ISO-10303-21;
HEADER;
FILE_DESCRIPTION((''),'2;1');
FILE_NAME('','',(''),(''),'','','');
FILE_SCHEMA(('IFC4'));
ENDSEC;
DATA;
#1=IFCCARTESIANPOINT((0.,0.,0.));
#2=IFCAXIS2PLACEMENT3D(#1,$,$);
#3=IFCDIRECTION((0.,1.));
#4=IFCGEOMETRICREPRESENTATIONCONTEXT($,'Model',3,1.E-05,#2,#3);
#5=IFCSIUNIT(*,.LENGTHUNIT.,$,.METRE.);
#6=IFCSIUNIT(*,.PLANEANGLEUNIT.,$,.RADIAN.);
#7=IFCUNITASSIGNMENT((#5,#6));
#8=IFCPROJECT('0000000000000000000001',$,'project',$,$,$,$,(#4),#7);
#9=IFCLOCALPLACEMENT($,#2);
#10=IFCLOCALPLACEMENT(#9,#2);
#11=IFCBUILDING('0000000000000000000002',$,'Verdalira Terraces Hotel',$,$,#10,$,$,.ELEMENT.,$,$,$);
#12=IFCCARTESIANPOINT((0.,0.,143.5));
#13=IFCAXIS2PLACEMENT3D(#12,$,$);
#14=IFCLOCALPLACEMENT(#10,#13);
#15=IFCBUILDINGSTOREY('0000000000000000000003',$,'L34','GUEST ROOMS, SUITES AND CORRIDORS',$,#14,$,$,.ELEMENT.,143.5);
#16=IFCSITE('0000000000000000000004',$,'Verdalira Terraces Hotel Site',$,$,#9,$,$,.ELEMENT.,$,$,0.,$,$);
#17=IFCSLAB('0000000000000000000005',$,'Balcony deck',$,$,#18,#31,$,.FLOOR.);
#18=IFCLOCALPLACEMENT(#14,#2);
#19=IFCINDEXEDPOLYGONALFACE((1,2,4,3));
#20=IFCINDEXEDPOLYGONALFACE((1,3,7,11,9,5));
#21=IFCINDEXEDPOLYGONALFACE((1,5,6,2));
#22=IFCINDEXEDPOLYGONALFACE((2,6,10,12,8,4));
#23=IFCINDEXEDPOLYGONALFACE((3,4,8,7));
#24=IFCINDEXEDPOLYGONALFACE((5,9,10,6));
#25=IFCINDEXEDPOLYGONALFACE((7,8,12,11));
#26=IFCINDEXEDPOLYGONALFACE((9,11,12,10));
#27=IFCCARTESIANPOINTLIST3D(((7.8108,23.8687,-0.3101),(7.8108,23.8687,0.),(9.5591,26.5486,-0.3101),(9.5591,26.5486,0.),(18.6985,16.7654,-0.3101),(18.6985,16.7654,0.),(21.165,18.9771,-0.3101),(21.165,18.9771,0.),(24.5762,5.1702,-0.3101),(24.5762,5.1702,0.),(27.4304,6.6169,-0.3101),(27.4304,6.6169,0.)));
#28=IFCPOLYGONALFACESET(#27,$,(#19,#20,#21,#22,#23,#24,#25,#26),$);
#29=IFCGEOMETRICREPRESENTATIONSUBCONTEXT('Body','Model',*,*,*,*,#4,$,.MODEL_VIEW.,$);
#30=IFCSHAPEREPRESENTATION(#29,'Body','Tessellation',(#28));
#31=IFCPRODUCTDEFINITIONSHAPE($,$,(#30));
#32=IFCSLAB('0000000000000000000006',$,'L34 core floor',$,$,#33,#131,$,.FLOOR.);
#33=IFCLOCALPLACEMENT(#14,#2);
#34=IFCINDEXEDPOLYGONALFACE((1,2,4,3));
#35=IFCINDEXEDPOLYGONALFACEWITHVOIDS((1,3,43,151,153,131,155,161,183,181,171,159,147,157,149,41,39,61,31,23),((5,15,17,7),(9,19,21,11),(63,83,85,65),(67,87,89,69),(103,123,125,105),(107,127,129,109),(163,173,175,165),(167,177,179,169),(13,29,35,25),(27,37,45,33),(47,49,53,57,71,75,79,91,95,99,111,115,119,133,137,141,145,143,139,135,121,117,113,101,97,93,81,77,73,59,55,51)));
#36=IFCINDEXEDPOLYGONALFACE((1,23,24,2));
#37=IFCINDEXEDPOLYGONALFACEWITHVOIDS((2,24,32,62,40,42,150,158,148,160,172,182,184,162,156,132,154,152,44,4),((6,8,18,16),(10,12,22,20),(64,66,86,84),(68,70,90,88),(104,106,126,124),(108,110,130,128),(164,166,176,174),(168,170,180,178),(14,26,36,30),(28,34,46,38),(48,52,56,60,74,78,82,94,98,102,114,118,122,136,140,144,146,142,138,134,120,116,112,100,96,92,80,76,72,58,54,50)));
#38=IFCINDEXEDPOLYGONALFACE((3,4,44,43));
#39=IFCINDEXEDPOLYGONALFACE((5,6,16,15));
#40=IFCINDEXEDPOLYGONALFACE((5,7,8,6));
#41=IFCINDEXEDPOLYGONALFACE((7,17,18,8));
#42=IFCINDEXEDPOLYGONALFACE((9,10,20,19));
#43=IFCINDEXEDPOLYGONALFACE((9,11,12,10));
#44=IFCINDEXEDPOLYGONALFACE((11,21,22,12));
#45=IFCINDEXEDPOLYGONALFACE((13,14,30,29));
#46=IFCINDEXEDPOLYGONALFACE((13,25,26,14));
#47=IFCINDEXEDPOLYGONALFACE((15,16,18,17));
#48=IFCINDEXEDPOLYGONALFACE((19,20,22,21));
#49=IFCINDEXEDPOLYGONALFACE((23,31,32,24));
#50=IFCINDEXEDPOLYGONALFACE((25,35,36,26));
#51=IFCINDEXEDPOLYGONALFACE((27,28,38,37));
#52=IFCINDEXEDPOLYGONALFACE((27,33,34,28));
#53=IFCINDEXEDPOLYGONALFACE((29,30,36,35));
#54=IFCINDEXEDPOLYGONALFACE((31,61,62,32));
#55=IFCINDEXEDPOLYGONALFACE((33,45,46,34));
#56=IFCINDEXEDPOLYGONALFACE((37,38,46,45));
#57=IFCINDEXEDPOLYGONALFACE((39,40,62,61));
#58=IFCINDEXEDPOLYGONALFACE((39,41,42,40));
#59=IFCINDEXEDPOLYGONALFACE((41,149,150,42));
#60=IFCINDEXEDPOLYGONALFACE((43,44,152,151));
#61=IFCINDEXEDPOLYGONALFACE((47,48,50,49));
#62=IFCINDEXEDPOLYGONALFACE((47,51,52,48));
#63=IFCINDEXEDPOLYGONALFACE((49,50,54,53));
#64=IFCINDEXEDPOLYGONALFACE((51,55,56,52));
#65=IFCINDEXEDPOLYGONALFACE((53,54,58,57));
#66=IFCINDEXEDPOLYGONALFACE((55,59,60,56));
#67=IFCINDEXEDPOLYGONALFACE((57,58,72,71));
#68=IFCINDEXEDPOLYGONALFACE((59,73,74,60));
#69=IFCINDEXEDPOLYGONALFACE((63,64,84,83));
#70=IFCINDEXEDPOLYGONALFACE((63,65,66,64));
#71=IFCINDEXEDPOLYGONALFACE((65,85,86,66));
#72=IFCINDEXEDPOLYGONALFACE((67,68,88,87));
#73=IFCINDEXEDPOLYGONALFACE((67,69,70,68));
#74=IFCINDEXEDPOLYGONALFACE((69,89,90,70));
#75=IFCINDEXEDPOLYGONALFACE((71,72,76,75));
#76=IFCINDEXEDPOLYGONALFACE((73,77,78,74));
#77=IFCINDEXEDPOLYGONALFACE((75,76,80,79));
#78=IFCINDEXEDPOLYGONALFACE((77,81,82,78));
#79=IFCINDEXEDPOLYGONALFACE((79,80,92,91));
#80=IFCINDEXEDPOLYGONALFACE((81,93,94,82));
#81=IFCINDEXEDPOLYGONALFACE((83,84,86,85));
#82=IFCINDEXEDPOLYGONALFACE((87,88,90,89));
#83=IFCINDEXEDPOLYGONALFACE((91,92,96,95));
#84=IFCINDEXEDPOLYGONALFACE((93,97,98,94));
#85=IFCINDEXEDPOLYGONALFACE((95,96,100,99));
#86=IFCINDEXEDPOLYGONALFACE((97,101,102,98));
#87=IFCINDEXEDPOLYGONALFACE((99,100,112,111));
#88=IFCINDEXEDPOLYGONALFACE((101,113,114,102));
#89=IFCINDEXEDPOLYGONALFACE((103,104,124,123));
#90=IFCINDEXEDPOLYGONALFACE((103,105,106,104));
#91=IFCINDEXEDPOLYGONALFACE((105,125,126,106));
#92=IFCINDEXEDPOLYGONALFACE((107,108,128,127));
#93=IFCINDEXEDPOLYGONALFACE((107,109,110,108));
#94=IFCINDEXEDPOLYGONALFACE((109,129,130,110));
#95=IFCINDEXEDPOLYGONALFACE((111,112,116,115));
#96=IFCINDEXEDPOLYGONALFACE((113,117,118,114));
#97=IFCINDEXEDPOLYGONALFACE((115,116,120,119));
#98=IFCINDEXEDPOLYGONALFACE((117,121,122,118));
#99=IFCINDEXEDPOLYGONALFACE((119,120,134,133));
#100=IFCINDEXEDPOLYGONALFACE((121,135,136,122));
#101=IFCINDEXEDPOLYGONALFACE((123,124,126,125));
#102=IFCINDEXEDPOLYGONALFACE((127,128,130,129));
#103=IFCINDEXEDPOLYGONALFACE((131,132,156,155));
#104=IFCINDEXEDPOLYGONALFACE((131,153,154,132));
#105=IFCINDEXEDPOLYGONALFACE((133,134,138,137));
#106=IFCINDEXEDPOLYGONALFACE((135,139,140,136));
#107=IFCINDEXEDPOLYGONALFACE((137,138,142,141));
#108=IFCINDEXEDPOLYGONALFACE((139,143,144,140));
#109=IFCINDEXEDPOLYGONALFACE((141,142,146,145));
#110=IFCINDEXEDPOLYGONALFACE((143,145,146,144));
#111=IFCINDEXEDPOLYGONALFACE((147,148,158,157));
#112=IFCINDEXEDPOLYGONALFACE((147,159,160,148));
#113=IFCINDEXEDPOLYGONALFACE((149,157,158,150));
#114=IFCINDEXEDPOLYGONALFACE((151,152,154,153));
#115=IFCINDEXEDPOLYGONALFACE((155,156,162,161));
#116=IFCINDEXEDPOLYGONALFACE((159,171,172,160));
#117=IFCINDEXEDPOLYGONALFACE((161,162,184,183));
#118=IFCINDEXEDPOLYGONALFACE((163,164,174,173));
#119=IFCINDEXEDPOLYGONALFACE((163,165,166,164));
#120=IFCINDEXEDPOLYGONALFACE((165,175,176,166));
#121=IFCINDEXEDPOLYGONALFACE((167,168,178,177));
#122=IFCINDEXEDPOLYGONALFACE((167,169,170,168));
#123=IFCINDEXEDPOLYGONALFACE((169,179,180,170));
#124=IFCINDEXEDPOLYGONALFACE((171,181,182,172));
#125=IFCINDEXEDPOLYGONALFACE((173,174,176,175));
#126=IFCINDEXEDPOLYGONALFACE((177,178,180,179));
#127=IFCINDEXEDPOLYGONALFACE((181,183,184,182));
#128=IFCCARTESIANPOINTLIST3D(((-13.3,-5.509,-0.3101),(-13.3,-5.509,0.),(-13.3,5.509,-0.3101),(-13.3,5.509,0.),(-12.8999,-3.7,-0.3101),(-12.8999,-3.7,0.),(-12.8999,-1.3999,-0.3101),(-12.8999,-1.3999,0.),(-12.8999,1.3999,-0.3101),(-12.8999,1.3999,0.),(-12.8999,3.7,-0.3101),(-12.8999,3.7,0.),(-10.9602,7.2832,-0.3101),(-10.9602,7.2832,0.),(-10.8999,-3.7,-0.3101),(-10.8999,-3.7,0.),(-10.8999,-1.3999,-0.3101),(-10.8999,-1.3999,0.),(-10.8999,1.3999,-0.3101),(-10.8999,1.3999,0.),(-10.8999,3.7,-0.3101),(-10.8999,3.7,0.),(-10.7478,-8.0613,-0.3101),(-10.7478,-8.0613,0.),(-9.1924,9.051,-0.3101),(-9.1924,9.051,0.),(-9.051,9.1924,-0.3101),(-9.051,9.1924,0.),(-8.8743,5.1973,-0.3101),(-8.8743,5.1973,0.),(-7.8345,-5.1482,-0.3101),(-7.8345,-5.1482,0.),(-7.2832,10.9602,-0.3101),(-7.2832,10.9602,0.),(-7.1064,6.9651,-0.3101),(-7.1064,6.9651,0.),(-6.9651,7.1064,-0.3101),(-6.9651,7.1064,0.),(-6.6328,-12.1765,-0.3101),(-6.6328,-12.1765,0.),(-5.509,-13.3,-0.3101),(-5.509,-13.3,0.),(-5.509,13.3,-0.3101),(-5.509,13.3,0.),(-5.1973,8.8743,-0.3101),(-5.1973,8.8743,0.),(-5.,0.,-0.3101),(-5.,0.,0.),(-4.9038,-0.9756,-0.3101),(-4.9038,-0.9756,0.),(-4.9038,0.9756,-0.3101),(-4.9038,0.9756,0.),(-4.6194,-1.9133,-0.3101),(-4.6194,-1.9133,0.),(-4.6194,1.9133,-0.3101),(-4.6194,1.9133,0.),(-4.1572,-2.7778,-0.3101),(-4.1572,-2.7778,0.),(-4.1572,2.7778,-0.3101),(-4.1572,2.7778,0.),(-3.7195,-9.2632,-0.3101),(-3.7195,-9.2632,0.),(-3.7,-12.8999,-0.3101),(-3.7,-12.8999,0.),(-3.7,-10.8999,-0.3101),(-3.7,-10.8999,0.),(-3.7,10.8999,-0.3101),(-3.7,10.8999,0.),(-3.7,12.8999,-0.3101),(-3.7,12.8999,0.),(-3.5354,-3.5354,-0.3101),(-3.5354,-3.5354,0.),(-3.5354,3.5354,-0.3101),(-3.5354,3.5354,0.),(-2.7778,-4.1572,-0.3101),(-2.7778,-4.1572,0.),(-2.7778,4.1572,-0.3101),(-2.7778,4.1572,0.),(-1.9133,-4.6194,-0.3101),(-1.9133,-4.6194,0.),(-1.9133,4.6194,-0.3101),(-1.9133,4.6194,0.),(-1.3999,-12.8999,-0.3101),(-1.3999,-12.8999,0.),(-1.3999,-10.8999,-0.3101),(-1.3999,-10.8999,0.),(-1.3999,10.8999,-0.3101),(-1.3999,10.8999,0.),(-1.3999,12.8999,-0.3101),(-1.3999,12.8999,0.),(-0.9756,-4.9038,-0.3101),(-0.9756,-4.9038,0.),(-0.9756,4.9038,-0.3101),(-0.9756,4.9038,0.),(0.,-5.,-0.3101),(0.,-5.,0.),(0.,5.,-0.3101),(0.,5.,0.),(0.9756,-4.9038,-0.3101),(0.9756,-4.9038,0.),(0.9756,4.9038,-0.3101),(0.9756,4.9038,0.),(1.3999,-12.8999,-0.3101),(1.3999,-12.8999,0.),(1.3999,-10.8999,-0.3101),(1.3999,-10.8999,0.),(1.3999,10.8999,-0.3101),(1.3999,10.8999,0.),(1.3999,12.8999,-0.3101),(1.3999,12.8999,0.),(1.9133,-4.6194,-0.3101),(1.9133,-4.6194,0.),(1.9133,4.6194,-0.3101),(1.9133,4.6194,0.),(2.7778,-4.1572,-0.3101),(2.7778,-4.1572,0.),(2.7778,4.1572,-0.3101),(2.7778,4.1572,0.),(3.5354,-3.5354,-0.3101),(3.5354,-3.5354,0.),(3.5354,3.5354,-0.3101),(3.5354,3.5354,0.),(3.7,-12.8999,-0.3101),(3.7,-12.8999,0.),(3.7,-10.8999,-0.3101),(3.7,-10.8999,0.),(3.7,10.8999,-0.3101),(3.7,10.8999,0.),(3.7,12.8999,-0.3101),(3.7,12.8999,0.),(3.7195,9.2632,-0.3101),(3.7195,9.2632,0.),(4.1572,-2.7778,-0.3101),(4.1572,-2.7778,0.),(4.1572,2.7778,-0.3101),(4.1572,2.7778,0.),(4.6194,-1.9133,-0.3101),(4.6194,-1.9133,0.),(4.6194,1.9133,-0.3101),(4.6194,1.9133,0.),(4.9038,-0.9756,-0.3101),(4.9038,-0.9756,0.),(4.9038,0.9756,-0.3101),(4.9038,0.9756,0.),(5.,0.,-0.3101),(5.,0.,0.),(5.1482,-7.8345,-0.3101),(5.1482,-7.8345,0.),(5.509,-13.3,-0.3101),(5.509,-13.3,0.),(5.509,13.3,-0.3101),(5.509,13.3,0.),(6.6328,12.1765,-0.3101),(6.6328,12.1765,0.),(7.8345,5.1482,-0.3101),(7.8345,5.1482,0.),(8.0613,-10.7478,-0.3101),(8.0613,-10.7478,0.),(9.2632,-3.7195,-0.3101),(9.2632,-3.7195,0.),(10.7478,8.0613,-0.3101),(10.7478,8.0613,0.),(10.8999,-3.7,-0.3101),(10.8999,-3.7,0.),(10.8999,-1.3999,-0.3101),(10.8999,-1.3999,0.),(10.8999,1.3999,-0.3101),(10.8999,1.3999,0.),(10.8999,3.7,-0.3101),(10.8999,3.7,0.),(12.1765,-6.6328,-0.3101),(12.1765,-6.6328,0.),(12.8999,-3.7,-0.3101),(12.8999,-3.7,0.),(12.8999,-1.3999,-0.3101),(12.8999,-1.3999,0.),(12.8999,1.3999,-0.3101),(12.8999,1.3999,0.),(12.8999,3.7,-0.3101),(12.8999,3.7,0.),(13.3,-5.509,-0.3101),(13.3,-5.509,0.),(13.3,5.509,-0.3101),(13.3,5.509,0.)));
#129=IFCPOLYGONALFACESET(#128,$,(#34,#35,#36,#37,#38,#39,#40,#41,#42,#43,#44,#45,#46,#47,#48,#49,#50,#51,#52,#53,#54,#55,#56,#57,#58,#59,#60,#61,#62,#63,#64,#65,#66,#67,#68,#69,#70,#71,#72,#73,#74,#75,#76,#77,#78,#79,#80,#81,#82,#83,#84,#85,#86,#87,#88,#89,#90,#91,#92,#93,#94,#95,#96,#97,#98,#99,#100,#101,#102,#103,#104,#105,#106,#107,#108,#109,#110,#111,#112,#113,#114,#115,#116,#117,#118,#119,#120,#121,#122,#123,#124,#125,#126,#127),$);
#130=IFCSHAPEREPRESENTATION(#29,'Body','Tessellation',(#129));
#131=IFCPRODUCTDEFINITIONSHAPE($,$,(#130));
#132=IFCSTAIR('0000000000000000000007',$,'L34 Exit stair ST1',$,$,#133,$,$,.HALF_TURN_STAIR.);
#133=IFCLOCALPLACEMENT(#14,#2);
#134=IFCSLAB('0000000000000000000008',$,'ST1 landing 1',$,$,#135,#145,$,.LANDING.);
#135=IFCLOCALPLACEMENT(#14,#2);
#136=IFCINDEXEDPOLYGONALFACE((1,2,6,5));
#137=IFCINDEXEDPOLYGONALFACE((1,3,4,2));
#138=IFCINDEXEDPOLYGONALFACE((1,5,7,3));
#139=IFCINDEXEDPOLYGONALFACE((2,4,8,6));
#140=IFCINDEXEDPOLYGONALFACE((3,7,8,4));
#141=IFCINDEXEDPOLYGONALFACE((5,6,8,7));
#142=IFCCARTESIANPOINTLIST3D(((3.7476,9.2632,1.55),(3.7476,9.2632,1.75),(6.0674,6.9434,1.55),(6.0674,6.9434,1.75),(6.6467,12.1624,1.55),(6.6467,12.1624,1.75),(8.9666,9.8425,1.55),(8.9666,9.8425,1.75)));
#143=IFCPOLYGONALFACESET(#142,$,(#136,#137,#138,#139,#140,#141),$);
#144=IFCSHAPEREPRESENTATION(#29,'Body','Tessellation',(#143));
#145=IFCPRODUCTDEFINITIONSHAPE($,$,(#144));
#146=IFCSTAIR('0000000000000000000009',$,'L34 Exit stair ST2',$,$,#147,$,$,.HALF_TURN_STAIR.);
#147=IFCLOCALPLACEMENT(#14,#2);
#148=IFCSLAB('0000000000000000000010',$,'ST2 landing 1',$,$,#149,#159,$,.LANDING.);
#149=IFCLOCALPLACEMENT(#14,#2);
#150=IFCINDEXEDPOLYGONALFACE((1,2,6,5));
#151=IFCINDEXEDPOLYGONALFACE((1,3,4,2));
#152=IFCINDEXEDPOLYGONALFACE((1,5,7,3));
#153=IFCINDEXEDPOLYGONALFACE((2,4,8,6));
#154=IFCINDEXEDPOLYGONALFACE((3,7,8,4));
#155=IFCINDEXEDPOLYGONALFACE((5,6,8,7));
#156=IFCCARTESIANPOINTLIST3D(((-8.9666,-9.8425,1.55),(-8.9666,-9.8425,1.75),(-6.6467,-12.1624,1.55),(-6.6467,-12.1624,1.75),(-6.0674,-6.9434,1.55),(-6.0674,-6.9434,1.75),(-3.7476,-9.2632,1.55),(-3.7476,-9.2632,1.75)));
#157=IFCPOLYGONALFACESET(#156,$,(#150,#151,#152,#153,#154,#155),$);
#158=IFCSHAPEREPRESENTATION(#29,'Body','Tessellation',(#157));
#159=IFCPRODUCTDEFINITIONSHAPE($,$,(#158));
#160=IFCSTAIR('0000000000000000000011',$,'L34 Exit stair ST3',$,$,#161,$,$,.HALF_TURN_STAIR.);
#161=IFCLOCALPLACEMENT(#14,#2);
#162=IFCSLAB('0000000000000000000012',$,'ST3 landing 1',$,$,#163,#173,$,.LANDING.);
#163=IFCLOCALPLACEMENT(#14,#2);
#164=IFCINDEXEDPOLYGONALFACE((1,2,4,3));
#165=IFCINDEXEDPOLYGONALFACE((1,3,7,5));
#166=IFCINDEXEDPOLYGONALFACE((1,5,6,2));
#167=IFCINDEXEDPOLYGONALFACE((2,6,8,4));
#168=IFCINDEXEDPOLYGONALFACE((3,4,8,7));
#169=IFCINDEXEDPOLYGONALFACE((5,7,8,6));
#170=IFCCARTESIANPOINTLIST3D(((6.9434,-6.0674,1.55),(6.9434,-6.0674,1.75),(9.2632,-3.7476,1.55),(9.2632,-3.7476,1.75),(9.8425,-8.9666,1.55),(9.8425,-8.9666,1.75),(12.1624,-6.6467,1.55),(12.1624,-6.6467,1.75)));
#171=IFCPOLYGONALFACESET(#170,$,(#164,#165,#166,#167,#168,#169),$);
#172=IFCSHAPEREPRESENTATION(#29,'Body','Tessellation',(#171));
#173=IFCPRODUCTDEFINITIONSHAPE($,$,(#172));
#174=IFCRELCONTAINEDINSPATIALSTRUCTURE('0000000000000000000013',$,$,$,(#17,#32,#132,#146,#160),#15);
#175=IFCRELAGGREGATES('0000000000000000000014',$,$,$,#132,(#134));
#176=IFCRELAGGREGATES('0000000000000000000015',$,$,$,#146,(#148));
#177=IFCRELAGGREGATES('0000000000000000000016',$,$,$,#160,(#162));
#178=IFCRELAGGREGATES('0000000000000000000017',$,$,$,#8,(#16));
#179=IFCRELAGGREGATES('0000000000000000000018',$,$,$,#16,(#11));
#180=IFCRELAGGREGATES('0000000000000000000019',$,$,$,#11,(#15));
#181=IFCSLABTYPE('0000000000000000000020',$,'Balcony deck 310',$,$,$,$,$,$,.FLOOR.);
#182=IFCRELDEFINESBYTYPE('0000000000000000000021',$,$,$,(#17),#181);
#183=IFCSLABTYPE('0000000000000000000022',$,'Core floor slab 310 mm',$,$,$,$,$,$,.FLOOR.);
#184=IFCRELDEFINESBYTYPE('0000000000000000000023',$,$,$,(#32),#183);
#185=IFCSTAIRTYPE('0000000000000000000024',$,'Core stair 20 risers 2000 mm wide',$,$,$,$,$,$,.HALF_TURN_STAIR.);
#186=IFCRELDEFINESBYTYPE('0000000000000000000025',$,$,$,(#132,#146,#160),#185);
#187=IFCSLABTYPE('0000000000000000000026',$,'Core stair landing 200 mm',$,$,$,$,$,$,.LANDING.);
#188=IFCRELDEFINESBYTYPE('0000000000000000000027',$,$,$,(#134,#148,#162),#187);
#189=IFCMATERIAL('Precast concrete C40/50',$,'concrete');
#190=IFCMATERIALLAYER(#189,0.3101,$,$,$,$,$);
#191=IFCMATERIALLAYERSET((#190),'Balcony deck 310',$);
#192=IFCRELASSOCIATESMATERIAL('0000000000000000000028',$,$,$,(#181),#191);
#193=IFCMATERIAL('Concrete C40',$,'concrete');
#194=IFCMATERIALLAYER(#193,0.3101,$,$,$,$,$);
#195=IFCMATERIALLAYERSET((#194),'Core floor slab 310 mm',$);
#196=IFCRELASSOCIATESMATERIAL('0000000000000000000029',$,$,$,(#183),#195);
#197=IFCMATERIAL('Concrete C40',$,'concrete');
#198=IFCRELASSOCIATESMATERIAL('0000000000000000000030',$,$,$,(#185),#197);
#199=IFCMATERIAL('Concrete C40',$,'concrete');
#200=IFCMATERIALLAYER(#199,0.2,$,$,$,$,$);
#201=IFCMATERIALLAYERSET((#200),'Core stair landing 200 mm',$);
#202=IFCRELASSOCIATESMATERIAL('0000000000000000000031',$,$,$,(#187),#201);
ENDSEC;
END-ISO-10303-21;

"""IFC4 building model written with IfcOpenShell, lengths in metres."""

from ifc_helpers import new_model, si_unit, direction, frame, origin, place, context, subcontext, project, spatial, polyline, outline, extrude, material, layer, layer_set, type_object, element, aggregate, save


model = new_model("IFC4")

# Units and contexts
model_context = context("Model", 3, precision=1e-05, world=origin(), true_north=direction((0.0, 1.0)))
body_context = subcontext(model_context, "Body", "Model", "MODEL_VIEW")
ifc_project = project(units=[si_unit("LENGTHUNIT", "METRE"), si_unit("PLANEANGLEUNIT", "RADIAN")], contexts=[model_context])

# Site, building, storey
site_placement = place(None, origin())
site = spatial("IfcSite", under=ifc_project, at=site_placement, Name="Verdalira Terraces Hotel Site", CompositionType="ELEMENT", RefElevation=0.0)
building_placement = place(site_placement, origin())
building = spatial("IfcBuilding", under=site, at=building_placement, Name="Verdalira Terraces Hotel", CompositionType="ELEMENT")
storey_placement = place(building_placement, frame((0.0, 0.0, 143.5)))
storey = spatial("IfcBuildingStorey", under=building, at=storey_placement, Name="L34", Description="GUEST ROOMS, SUITES AND CORRIDORS", CompositionType="ELEMENT", Elevation=143.5)

# Slabs
ifc_material_1 = material(Name="Precast concrete C40/50", Category="concrete")
ifc_layer_1 = layer(ifc_material_1, 0.3101)
ifc_layer_set_1 = layer_set([ifc_layer_1], Name="Balcony deck 310")
slab_type_1 = type_object("IfcSlabType", Name="Balcony deck 310", PredefinedType="FLOOR", material=ifc_layer_set_1)
slab_1_placement = place(storey_placement, frame((0.0, 0.0, -0.3101)))
element("IfcSlab", 1, at=slab_1_placement, inside=storey, type_object=slab_type_1, Name="Balcony deck", PredefinedType="FLOOR", context=body_context, shape_type="SweptSolid", body=[
    extrude(outline(polyline([(9.5591, 26.5486), (7.8108, 23.8687), (18.6985, 16.7654), (24.5762, 5.1702), (27.4304, 6.6169), (21.165, 18.9771), (9.5591, 26.5486)])), origin(), (0.0, 0.0, 1.0), 0.3101),
])
ifc_material_2 = material(Name="Concrete C40", Category="concrete")
ifc_layer_2 = layer(ifc_material_2, 0.3101)
ifc_layer_set_2 = layer_set([ifc_layer_2], Name="Core floor slab 310 mm")
slab_type_2 = type_object("IfcSlabType", Name="Core floor slab 310 mm", PredefinedType="FLOOR", material=ifc_layer_set_2)
slab_2_placement = place(storey_placement, frame((0.0, 0.0, -0.3101)))
element("IfcSlab", 2, at=slab_2_placement, inside=storey, type_object=slab_type_2, Name="L34 core floor", PredefinedType="FLOOR", context=body_context, shape_type="SweptSolid", body=[
    extrude(outline(polyline([(-5.509, 13.3), (5.509, 13.3), (6.6328, 12.1765), (3.7195, 9.2632), (7.8345, 5.1482), (10.7478, 8.0613), (13.3, 5.509), (13.3, -5.509), (12.1765, -6.6328), (9.2632, -3.7195), (5.1482, -7.8345), (8.0613, -10.7478), (5.509, -13.3), (-5.509, -13.3), (-6.6328, -12.1765), (-3.7195, -9.2632), (-7.8345, -5.1482), (-10.7478, -8.0613), (-13.3, -5.509), (-13.3, 5.509), (-5.509, 13.3)]), holes=[polyline([(12.8999, -3.7), (12.8999, -1.3999), (10.8999, -1.3999), (10.8999, -3.7), (12.8999, -3.7)]), polyline([(12.8999, 1.3999), (12.8999, 3.7), (10.8999, 3.7), (10.8999, 1.3999), (12.8999, 1.3999)]), polyline([(1.3999, 10.8999), (3.7, 10.8999), (3.7, 12.8999), (1.3999, 12.8999), (1.3999, 10.8999)]), polyline([(-3.7, 10.8999), (-1.3999, 10.8999), (-1.3999, 12.8999), (-3.7, 12.8999), (-3.7, 10.8999)]), polyline([(-12.8999, 3.7), (-12.8999, 1.3999), (-10.8999, 1.3999), (-10.8999, 3.7), (-12.8999, 3.7)]), polyline([(-12.8999, -1.3999), (-12.8999, -3.7), (-10.8999, -3.7), (-10.8999, -1.3999), (-12.8999, -1.3999)]), polyline([(-1.3999, -10.8999), (-3.7, -10.8999), (-3.7, -12.8999), (-1.3999, -12.8999), (-1.3999, -10.8999)]), polyline([(3.7, -10.8999), (1.3999, -10.8999), (1.3999, -12.8999), (3.7, -12.8999), (3.7, -10.8999)]), polyline([(-9.051, 9.1924), (-6.9651, 7.1064), (-5.1973, 8.8743), (-7.2832, 10.9602), (-9.051, 9.1924)]), polyline([(-9.1924, 9.051), (-10.9602, 7.2832), (-8.8743, 5.1973), (-7.1064, 6.9651), (-9.1924, 9.051)]), polyline([(3.5354, 3.5354), (2.7778, 4.1572), (1.9133, 4.6194), (0.9756, 4.9038), (0.0, 5.0), (-0.9756, 4.9038), (-1.9133, 4.6194), (-2.7778, 4.1572), (-3.5354, 3.5354), (-4.1572, 2.7778), (-4.6194, 1.9133), (-4.9038, 0.9756), (-5.0, 0.0), (-4.9038, -0.9756), (-4.6194, -1.9133), (-4.1572, -2.7778), (-3.5354, -3.5354), (-2.7778, -4.1572), (-1.9133, -4.6194), (-0.9756, -4.9038), (0.0, -5.0), (0.9756, -4.9038), (1.9133, -4.6194), (2.7778, -4.1572), (3.5354, -3.5354), (4.1572, -2.7778), (4.6194, -1.9133), (4.9038, -0.9756), (5.0, 0.0), (4.9038, 0.9756), (4.6194, 1.9133), (4.1572, 2.7778), (3.5354, 3.5354)])]), origin(), (0.0, 0.0, 1.0), 0.3101),
])

# Stairs, slabs
ifc_material_3 = material(Name="Concrete C40", Category="concrete")
stair_type = type_object("IfcStairType", Name="Core stair 20 risers 2000 mm wide", PredefinedType="HALF_TURN_STAIR", material=ifc_material_3)
stair_1_placement = place(storey_placement, origin())
stair_1 = element("IfcStair", 3, at=stair_1_placement, inside=storey, type_object=stair_type, Name="L34 Exit stair ST1", PredefinedType="HALF_TURN_STAIR")
ifc_material_4 = material(Name="Concrete C40", Category="concrete")
ifc_layer_3 = layer(ifc_material_4, 0.2)
ifc_layer_set_3 = layer_set([ifc_layer_3], Name="Core stair landing 200 mm")
slab_type_3 = type_object("IfcSlabType", Name="Core stair landing 200 mm", PredefinedType="LANDING", material=ifc_layer_set_3)
slab_3_placement = place(storey_placement, frame((0.0, 0.0, 1.55)))
slab_3 = element("IfcSlab", 4, at=slab_3_placement, type_object=slab_type_3, Name="ST1 landing 1", PredefinedType="LANDING", context=body_context, shape_type="SweptSolid", body=[
    extrude(outline(polyline([(8.9666, 9.8425), (6.6467, 12.1624), (3.7476, 9.2632), (6.0674, 6.9434), (8.9666, 9.8425)])), origin(), (0.0, 0.0, 1.0), 0.2),
])
aggregate(stair_1, [slab_3])
stair_2_placement = place(storey_placement, origin())
stair_2 = element("IfcStair", 5, at=stair_2_placement, inside=storey, type_object=stair_type, Name="L34 Exit stair ST2", PredefinedType="HALF_TURN_STAIR")
slab_4_placement = place(storey_placement, frame((0.0, 0.0, 1.55)))
slab_4 = element("IfcSlab", 6, at=slab_4_placement, type_object=slab_type_3, Name="ST2 landing 1", PredefinedType="LANDING", context=body_context, shape_type="SweptSolid", body=[
    extrude(outline(polyline([(-8.9666, -9.8425), (-6.6467, -12.1624), (-3.7476, -9.2632), (-6.0674, -6.9434), (-8.9666, -9.8425)])), origin(), (0.0, 0.0, 1.0), 0.2),
])
aggregate(stair_2, [slab_4])
stair_3_placement = place(storey_placement, origin())
stair_3 = element("IfcStair", 7, at=stair_3_placement, inside=storey, type_object=stair_type, Name="L34 Exit stair ST3", PredefinedType="HALF_TURN_STAIR")
slab_5_placement = place(storey_placement, frame((0.0, 0.0, 1.55)))
slab_5 = element("IfcSlab", 8, at=slab_5_placement, type_object=slab_type_3, Name="ST3 landing 1", PredefinedType="LANDING", context=body_context, shape_type="SweptSolid", body=[
    extrude(outline(polyline([(9.8425, -8.9666), (12.1624, -6.6467), (9.2632, -3.7476), (6.9434, -6.0674), (9.8425, -8.9666)])), origin(), (0.0, 0.0, 1.0), 0.2),
])
aggregate(stair_3, [slab_5])

save(model, "model.ifc")
